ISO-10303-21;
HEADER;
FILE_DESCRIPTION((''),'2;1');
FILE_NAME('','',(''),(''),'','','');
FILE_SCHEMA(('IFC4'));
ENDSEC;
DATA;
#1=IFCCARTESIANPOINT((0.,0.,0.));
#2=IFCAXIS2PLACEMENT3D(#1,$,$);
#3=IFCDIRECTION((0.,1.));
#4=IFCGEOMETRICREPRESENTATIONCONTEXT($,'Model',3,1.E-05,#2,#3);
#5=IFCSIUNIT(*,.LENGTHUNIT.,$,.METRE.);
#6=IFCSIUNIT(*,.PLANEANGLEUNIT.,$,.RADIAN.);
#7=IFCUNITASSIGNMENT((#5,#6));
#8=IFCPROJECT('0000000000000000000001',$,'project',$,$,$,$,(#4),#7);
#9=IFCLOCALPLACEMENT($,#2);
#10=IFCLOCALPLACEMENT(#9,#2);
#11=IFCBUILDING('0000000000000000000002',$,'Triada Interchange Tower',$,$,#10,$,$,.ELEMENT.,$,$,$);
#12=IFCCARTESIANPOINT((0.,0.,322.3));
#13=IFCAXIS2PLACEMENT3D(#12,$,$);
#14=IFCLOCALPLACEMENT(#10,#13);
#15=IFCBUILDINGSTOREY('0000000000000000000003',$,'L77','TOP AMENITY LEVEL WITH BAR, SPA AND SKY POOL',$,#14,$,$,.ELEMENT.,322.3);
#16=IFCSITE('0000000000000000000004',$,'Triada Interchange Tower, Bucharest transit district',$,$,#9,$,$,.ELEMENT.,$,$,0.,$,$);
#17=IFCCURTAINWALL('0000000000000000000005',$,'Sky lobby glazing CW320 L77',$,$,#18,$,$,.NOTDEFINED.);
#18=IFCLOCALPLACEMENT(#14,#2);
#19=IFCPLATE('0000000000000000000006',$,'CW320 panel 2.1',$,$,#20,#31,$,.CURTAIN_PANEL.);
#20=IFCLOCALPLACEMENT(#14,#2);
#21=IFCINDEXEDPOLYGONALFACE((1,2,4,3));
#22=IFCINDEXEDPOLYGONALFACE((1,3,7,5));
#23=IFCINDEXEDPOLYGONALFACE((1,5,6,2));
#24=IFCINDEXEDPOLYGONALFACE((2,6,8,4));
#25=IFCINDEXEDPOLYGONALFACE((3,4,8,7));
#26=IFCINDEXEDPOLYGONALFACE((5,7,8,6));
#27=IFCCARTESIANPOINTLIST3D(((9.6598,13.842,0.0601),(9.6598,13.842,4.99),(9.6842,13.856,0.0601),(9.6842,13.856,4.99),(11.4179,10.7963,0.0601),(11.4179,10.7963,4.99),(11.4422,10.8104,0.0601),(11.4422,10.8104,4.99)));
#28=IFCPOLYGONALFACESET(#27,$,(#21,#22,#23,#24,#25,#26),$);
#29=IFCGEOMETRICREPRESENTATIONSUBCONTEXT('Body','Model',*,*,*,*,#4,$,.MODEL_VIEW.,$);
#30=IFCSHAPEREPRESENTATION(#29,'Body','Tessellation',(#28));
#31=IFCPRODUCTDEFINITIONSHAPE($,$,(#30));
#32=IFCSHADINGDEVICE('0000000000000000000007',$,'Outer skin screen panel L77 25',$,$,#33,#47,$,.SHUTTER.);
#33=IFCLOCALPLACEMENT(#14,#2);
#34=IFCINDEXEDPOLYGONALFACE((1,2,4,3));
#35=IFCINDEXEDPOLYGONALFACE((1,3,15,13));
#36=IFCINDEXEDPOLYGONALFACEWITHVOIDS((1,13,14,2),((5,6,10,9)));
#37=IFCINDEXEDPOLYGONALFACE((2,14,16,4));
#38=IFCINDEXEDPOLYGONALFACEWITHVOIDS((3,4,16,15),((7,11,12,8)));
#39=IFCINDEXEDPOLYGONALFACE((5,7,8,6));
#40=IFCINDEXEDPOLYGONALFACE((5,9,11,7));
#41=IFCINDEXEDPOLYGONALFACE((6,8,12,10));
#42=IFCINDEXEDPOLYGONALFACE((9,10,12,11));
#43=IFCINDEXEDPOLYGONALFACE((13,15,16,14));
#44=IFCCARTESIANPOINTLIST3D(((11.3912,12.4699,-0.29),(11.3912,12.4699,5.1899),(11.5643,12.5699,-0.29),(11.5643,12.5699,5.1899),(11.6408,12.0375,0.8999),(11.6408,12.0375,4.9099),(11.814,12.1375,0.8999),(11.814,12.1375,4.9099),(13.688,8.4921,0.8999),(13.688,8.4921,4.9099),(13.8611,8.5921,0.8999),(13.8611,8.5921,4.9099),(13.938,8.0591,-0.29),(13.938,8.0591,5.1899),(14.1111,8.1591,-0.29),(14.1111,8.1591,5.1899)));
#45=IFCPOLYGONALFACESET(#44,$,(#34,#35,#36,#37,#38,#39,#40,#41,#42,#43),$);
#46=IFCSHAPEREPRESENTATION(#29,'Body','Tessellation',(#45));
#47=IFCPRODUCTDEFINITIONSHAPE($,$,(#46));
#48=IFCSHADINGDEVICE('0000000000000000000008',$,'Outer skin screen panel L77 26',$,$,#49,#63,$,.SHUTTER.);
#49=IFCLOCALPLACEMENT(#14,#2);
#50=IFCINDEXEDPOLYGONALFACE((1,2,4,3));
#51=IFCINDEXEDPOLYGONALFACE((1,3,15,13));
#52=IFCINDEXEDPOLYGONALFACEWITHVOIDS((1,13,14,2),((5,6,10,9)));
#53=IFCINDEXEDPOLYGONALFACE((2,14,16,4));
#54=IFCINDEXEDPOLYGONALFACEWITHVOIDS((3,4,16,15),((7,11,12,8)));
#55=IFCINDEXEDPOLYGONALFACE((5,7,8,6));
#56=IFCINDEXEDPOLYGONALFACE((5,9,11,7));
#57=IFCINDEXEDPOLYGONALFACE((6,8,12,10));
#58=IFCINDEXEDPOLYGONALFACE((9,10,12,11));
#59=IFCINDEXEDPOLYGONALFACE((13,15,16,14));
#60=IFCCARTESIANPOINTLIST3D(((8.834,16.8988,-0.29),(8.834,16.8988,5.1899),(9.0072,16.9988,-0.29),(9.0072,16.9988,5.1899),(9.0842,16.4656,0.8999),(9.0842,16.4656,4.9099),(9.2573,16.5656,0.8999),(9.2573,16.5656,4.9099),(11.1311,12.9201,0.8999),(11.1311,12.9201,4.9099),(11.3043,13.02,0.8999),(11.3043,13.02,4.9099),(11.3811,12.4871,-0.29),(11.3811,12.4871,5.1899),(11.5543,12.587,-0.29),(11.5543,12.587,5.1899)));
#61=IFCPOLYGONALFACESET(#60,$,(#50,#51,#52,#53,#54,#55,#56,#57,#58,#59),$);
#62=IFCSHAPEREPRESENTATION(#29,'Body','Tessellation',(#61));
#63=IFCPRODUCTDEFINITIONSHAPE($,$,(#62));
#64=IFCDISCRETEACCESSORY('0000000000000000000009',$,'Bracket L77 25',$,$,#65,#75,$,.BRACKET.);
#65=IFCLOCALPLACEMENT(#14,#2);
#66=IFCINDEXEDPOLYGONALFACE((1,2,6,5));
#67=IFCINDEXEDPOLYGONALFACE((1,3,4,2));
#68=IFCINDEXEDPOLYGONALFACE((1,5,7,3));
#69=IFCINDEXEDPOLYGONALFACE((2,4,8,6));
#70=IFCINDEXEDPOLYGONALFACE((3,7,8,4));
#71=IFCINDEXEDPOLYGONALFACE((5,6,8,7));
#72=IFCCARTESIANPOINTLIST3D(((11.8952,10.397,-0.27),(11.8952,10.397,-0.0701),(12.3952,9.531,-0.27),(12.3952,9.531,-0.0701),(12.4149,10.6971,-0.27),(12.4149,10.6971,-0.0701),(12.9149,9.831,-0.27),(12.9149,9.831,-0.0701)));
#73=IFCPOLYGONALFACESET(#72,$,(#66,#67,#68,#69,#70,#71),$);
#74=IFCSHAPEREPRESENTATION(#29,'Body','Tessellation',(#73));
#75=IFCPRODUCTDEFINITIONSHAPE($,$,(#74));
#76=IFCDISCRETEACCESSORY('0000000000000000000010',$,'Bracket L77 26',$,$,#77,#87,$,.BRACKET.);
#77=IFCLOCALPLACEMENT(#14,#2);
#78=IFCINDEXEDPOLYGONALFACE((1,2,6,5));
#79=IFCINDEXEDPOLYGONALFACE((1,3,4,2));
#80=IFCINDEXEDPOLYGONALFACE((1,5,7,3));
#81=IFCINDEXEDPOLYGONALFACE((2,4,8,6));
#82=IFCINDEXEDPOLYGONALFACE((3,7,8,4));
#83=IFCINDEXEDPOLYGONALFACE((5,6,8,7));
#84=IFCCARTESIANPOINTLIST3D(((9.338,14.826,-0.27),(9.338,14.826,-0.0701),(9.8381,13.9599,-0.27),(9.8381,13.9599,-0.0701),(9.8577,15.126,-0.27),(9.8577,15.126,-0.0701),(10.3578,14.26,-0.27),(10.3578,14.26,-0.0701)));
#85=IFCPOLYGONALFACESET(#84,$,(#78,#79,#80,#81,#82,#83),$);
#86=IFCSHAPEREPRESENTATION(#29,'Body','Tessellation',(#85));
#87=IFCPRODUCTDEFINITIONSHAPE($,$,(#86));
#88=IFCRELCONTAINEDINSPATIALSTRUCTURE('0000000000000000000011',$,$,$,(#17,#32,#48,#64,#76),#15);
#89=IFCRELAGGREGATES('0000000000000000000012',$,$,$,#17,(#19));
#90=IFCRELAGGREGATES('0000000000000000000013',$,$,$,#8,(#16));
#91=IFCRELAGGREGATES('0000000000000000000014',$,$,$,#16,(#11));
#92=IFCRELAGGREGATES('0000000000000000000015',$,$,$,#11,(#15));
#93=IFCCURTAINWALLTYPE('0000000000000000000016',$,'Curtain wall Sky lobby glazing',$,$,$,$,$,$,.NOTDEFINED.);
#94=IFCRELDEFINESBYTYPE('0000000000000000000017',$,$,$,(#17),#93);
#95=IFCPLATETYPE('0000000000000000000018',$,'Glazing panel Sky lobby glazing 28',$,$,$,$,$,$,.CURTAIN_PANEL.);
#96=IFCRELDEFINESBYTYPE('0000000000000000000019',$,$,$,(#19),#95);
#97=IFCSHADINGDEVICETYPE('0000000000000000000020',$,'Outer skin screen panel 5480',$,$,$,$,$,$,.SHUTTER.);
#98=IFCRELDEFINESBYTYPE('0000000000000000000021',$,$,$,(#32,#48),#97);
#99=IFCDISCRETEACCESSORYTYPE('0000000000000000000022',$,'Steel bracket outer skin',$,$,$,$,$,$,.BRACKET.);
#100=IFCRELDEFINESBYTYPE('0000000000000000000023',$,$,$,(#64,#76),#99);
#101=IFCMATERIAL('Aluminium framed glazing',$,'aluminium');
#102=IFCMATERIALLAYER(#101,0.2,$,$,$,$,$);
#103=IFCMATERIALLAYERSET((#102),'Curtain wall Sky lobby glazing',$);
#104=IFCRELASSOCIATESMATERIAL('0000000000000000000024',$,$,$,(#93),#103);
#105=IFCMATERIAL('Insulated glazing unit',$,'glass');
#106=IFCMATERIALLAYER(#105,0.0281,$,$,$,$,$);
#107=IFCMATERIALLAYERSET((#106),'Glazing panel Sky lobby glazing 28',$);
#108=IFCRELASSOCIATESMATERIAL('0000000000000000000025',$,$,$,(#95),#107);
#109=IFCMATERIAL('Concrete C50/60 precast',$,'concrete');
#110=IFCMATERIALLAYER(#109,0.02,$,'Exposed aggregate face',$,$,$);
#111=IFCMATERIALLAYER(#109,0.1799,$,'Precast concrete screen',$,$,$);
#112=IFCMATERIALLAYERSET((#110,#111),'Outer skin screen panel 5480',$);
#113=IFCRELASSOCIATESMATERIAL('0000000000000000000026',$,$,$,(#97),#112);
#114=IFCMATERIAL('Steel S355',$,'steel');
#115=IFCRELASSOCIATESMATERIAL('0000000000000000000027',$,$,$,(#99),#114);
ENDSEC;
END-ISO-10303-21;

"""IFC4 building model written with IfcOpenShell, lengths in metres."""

from ifc_helpers import new_model, si_unit, direction, frame, origin, origin_2d, place, context, subcontext, project, spatial, polyline, rectangle, outline, extrude, material, layer, layer_set, type_object, element, aggregate, save


model = new_model("IFC4")

# Units and contexts
model_context = context("Model", 3, precision=1e-05, world=origin(), true_north=direction((0.0, 1.0)))
body_context = subcontext(model_context, "Body", "Model", "MODEL_VIEW")
ifc_project = project(units=[si_unit("LENGTHUNIT", "METRE"), si_unit("PLANEANGLEUNIT", "RADIAN")], contexts=[model_context])

# Site, building, storey
site_placement = place(None, origin())
site = spatial("IfcSite", under=ifc_project, at=site_placement, Name="Triada Interchange Tower, Bucharest transit district", CompositionType="ELEMENT", RefElevation=0.0)
building_placement = place(site_placement, origin())
building = spatial("IfcBuilding", under=site, at=building_placement, Name="Triada Interchange Tower", CompositionType="ELEMENT")
storey_placement = place(building_placement, frame((0.0, 0.0, 322.3)))
storey = spatial("IfcBuildingStorey", under=building, at=storey_placement, Name="L77", Description="TOP AMENITY LEVEL WITH BAR, SPA AND SKY POOL", CompositionType="ELEMENT", Elevation=322.3)

# Shared definitions
ifc_material_1 = material(Name="Aluminium framed glazing", Category="aluminium")
ifc_layer_1 = layer(ifc_material_1, 0.2)
ifc_layer_set_1 = layer_set([ifc_layer_1], Name="Curtain wall Sky lobby glazing")
curtain_wall_type = type_object("IfcCurtainWallType", Name="Curtain wall Sky lobby glazing", PredefinedType="NOTDEFINED", material=ifc_layer_set_1)

# Curtain wall
curtain_wall_1_placement = place(storey_placement, origin())
curtain_wall_1 = element("IfcCurtainWall", 1, at=curtain_wall_1_placement, inside=storey, type_object=curtain_wall_type, Name="Sky lobby glazing CW320 L77", PredefinedType="NOTDEFINED")

# Plate
ifc_material_2 = material(Name="Insulated glazing unit", Category="glass")
ifc_layer_2 = layer(ifc_material_2, 0.0281)
ifc_layer_set_2 = layer_set([ifc_layer_2], Name="Glazing panel Sky lobby glazing 28")
plate_type = type_object("IfcPlateType", Name="Glazing panel Sky lobby glazing 28", PredefinedType="CURTAIN_PANEL", material=ifc_layer_set_2)
plate_1_placement = place(storey_placement, frame((10.551, 12.3262, 0.0601), z_axis=(0.0, 0.0, 1.0), x_axis=(-0.499926, 0.866068, 0.0)))
plate_1 = element("IfcPlate", 2, at=plate_1_placement, type_object=plate_type, Name="CW320 panel 2.1", PredefinedType="CURTAIN_PANEL", context=body_context, shape_type="SweptSolid", body=[
    extrude(rectangle(XDim=3.5166, YDim=0.0281, at=origin_2d()), origin(), (0.0, 0.0, 1.0), 4.9299),
])
aggregate(curtain_wall_1, [plate_1])

# Shading devices
ifc_material_3 = material(Name="Concrete C50/60 precast", Category="concrete")
ifc_layer_3 = layer(ifc_material_3, 0.02, Name="Exposed aggregate face")
ifc_layer_4 = layer(ifc_material_3, 0.1799, Name="Precast concrete screen")
ifc_layer_set_3 = layer_set([ifc_layer_3, ifc_layer_4], Name="Outer skin screen panel 5480")
shading_device_type = type_object("IfcShadingDeviceType", Name="Outer skin screen panel 5480", PredefinedType="SHUTTER", material=ifc_layer_set_3)
shading_device_1_placement = place(storey_placement, frame((13.938, 8.0591, -0.29), z_axis=(0.0, 0.0, 1.0), x_axis=(-0.500036, 0.866004, 0.0)))
element("IfcShadingDevice", 3, at=shading_device_1_placement, inside=storey, type_object=shading_device_type, Name="Outer skin screen panel L77 25", PredefinedType="SHUTTER", context=body_context, shape_type="SweptSolid", body=[
    extrude(outline(polyline([(0.0, 0.0), (5.0933, 0.0), (5.0933, 5.48), (0.0, 5.48), (0.0, 0.0)]), holes=[polyline([(0.5, 1.1899), (0.5, 5.2), (4.594, 5.2), (4.594, 1.1899), (0.5, 1.1899)])]), frame((0.0, 0.0, 0.0), z_axis=(0.0, -1.0, 0.0), x_axis=(1.0, 0.0, 0.0)), (0.0, 0.0, 1.0), 0.2),
])
shading_device_2_placement = place(storey_placement, frame((11.3811, 12.4871, -0.29), z_axis=(0.0, 0.0, 1.0), x_axis=(-0.499989, 0.866032, 0.0)))
element("IfcShadingDevice", 4, at=shading_device_2_placement, inside=storey, type_object=shading_device_type, Name="Outer skin screen panel L77 26", PredefinedType="SHUTTER", context=body_context, shape_type="SweptSolid", body=[
    extrude(outline(polyline([(0.0, 0.0), (5.0942, 0.0), (5.0942, 5.48), (0.0, 5.48), (0.0, 0.0)]), holes=[polyline([(0.5, 1.1899), (0.5, 5.2), (4.594, 5.2), (4.594, 1.1899), (0.5, 1.1899)])]), frame((0.0, 0.0, 0.0), z_axis=(0.0, -1.0, 0.0), x_axis=(1.0, 0.0, 0.0)), (0.0, 0.0, 1.0), 0.2),
])

# Discrete accessories
ifc_material_4 = material(Name="Steel S355", Category="steel")
discrete_accessory_type = type_object("IfcDiscreteAccessoryType", Name="Steel bracket outer skin", PredefinedType="BRACKET", material=ifc_material_4)
for number, where, z_axis, x_axis, name in (
    (5, (12.405, 10.114, -0.27), (0.0, 0.0, 1.0), (0.866019, 0.500011, 0.0), "Bracket L77 25"),
    (6, (9.8479, 14.543, -0.27), (0.0, 0.0, 1.0), (0.866019, 0.500011, 0.0), "Bracket L77 26"),
):
    element("IfcDiscreteAccessory", number, at=place(storey_placement, frame(where, z_axis=z_axis, x_axis=x_axis)), inside=storey, type_object=discrete_accessory_type, Name=name, PredefinedType="BRACKET", context=body_context, shape_type="SweptSolid", body=[
        extrude(rectangle(XDim=0.6001, YDim=1.0, at=origin_2d()), origin(), (0.0, 0.0, 1.0), 0.2),
    ])

save(model, "model.ifc")
